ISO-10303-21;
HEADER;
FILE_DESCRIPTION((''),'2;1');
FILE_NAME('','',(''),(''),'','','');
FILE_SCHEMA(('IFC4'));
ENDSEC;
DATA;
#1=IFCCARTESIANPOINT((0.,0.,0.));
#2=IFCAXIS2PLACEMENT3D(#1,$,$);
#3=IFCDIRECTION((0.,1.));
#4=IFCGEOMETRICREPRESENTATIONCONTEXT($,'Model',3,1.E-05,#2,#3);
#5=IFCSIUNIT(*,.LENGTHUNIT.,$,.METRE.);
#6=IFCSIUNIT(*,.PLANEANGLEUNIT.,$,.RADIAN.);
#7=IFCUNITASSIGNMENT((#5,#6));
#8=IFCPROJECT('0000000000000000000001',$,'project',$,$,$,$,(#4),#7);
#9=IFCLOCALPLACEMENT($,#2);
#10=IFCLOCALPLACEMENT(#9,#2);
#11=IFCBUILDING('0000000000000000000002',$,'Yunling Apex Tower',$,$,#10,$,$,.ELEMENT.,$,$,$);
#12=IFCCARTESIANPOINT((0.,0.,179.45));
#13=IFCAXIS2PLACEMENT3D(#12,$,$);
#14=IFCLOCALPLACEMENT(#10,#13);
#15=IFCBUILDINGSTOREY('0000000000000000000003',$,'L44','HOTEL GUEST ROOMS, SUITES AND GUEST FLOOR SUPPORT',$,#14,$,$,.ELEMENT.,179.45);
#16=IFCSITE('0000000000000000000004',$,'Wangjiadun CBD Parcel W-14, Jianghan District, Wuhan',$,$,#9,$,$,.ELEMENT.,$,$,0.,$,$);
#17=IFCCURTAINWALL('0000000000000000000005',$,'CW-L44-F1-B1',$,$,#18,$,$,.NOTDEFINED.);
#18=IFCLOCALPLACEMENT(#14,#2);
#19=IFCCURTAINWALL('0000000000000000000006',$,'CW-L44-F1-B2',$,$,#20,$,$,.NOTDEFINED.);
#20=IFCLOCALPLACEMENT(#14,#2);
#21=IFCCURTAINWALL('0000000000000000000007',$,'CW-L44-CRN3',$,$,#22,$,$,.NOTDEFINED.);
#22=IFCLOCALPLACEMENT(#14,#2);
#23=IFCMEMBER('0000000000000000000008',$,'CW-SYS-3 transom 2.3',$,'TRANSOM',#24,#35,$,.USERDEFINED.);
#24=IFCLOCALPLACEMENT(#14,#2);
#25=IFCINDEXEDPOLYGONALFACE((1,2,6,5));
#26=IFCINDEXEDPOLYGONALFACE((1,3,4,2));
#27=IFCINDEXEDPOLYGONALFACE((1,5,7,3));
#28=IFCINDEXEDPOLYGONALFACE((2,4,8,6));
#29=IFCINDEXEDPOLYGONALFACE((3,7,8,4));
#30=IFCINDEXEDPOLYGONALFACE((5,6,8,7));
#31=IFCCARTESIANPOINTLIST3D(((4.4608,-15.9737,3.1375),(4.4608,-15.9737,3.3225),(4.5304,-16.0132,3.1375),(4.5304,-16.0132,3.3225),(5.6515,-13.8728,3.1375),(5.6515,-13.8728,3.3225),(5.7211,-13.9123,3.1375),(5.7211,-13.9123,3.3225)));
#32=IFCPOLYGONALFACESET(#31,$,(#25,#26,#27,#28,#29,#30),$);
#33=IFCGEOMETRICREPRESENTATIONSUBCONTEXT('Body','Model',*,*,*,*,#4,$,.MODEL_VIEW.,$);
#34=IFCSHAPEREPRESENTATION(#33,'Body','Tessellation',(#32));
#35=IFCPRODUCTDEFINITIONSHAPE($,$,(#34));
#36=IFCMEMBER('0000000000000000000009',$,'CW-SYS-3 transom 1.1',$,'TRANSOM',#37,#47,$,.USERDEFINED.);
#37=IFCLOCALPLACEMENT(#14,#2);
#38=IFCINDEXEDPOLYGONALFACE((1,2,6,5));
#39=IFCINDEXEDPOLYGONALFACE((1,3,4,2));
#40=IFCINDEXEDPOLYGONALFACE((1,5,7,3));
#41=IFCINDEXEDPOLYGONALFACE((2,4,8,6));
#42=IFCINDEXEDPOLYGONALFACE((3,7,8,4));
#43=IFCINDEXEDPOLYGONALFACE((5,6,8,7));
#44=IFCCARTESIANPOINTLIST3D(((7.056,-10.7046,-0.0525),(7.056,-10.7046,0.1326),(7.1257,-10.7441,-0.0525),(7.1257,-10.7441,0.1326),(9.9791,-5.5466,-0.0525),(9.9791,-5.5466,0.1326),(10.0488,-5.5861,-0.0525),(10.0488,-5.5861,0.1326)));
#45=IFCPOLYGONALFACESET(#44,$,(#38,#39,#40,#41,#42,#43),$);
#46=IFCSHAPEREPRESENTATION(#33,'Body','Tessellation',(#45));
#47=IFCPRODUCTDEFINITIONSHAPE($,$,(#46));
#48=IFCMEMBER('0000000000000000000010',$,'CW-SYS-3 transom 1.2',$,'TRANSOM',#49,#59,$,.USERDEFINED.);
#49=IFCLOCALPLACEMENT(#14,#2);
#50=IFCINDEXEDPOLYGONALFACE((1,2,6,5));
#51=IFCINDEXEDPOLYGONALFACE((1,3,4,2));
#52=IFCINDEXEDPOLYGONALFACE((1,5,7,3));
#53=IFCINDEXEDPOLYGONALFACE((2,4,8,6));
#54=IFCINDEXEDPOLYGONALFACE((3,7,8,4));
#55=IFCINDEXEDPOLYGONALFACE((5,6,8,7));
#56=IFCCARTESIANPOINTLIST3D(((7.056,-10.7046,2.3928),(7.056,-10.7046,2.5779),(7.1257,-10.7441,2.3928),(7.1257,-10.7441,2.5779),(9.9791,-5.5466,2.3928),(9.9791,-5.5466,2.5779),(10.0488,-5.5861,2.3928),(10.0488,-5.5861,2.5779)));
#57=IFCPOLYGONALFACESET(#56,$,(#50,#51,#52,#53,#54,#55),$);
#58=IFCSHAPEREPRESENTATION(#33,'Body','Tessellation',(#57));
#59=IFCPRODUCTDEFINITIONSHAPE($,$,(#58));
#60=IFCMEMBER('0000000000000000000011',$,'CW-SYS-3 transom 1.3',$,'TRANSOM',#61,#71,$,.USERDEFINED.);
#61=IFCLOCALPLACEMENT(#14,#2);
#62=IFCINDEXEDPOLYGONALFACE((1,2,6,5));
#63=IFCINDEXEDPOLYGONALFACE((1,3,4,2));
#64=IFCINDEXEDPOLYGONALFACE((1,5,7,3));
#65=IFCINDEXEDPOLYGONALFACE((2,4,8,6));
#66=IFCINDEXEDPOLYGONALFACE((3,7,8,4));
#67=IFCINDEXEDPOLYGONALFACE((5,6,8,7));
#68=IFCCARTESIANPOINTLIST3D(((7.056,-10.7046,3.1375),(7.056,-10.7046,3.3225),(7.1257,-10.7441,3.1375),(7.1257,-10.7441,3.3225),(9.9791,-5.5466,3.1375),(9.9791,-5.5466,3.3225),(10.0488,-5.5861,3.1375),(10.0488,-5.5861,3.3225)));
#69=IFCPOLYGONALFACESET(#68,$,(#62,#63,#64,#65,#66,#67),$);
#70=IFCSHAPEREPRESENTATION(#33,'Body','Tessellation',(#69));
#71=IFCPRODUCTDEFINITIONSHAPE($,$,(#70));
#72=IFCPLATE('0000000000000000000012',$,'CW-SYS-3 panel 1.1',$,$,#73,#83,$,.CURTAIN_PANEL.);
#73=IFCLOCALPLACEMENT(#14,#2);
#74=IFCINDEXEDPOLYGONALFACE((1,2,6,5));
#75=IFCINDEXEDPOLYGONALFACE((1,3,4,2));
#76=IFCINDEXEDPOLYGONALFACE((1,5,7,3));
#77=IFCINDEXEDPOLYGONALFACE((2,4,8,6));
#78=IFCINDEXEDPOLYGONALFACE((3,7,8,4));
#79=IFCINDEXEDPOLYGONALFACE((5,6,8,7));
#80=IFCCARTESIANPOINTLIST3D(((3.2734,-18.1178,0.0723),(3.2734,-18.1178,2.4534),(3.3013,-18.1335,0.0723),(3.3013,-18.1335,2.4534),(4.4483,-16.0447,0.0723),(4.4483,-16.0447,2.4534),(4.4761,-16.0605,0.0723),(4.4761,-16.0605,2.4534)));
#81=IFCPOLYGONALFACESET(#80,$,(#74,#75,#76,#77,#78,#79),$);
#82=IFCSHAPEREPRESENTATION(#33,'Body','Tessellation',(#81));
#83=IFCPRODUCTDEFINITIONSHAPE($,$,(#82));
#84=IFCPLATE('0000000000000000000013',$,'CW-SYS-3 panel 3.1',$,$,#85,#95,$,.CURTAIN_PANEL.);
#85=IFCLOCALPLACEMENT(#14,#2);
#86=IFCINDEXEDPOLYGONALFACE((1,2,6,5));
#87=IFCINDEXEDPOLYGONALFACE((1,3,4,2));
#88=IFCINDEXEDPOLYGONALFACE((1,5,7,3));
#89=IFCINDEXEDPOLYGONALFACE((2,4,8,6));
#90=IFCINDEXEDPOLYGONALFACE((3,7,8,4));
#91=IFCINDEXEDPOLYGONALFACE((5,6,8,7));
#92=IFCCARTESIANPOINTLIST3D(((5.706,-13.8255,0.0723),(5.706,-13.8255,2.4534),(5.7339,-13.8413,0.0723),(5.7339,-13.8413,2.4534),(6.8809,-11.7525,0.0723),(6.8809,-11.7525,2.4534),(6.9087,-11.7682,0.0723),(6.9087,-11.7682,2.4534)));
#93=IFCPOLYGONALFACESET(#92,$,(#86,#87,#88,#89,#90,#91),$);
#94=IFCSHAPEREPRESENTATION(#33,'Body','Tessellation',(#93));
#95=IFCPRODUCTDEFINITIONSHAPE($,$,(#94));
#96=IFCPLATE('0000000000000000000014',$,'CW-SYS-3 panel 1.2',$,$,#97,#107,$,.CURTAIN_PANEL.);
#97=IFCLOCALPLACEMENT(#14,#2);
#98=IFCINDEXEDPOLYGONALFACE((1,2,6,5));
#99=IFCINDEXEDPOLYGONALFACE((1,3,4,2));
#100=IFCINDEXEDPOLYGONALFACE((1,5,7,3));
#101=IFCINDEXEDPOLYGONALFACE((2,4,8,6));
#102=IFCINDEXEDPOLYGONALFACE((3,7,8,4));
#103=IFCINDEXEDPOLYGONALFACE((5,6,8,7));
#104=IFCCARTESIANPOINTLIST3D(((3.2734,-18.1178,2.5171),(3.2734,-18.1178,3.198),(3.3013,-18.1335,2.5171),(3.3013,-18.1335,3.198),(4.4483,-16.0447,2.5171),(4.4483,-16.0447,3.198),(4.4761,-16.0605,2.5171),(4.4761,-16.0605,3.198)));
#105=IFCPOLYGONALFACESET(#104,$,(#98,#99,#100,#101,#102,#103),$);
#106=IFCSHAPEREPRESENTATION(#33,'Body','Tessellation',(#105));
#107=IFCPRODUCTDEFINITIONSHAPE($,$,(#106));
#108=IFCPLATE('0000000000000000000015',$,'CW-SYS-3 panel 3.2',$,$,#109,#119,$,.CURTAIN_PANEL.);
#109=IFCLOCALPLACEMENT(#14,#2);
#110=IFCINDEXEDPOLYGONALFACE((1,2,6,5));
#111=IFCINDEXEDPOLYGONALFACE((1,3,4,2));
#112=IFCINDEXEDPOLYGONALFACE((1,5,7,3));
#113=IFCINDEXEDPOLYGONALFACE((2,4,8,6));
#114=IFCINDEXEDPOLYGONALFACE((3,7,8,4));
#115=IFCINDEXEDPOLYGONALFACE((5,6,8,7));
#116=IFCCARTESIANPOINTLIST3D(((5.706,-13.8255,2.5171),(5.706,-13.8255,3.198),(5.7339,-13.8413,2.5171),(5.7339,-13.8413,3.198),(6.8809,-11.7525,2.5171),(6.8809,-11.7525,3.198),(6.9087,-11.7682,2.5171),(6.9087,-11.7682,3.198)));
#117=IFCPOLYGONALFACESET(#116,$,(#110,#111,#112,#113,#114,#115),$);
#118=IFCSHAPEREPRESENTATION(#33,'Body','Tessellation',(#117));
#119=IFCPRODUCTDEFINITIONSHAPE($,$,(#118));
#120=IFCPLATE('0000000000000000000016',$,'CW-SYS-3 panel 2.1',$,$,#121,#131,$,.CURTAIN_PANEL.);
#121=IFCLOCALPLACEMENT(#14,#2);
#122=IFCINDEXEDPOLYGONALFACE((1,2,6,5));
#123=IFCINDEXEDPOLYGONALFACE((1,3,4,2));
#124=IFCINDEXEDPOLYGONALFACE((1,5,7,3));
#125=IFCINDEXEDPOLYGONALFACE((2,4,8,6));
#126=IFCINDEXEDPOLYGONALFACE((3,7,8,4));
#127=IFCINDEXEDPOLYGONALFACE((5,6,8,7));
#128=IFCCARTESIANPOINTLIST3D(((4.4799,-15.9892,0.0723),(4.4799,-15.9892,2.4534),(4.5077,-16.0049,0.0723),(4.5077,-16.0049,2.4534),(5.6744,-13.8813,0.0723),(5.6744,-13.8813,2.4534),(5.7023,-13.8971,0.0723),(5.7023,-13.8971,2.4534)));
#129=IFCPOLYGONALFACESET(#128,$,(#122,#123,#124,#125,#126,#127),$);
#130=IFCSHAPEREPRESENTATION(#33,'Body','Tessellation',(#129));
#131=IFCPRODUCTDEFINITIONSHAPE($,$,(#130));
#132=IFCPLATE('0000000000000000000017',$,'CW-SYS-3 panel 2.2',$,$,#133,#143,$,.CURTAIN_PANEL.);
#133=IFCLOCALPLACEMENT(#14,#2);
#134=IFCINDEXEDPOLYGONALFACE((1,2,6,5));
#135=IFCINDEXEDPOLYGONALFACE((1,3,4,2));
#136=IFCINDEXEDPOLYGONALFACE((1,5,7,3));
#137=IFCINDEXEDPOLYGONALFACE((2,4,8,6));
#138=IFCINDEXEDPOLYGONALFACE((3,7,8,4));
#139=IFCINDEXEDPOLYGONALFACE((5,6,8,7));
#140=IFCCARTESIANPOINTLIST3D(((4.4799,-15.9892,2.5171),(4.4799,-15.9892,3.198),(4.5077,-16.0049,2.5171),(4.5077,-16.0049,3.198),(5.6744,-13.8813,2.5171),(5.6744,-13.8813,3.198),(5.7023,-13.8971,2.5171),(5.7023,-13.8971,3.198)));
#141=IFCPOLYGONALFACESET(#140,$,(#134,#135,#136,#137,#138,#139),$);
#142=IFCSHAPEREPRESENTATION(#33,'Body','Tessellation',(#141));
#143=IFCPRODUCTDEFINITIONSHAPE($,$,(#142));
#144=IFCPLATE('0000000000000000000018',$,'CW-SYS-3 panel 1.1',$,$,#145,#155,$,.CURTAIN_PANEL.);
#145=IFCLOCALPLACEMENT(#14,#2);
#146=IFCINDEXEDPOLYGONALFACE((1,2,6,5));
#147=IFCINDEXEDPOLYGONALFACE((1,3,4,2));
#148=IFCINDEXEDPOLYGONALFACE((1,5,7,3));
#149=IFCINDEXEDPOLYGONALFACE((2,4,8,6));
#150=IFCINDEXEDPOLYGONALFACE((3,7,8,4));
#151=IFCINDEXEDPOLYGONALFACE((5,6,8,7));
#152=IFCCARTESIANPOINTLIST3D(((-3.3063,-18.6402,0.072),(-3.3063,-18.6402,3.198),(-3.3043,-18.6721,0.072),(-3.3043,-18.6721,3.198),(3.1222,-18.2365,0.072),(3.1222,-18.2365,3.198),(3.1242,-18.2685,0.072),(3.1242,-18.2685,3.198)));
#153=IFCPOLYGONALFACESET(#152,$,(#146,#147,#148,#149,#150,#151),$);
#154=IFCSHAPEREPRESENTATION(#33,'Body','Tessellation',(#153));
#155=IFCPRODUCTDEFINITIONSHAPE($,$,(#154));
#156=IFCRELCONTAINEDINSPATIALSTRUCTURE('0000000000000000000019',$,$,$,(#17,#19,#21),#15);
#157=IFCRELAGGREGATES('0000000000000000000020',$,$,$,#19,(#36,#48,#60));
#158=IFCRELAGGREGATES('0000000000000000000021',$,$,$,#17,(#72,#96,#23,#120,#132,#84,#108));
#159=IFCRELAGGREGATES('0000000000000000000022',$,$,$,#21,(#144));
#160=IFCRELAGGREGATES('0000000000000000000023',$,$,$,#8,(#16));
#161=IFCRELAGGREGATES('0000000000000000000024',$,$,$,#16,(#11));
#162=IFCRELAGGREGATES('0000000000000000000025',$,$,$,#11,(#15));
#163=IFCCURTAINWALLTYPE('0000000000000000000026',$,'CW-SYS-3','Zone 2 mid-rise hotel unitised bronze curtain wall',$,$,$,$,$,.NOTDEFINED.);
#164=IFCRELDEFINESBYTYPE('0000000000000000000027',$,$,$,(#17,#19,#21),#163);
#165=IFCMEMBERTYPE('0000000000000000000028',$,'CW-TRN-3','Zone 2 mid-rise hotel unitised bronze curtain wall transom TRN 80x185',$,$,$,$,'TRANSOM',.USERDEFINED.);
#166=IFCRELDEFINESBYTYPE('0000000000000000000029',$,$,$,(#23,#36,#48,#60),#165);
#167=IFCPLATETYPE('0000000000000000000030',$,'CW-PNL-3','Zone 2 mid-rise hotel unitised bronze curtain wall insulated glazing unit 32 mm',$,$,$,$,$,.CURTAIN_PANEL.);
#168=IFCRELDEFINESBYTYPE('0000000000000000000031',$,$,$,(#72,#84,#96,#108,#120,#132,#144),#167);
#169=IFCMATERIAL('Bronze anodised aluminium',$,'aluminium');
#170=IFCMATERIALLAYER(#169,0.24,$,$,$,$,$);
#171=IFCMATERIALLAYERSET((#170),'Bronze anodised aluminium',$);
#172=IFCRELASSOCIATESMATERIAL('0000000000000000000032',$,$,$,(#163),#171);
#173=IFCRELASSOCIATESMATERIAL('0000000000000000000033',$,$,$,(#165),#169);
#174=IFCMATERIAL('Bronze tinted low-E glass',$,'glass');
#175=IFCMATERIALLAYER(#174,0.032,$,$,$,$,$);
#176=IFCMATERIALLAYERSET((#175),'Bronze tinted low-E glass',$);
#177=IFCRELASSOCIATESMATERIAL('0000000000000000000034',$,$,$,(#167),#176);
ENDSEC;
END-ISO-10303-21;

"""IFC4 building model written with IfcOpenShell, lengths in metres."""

from ifc_helpers import new_model, si_unit, direction, frame, origin, origin_2d, place, context, subcontext, project, spatial, rectangle, extrude, source, transform, mapped, material, layer, layer_set, material_profile, profile_set, type_object, element, aggregate, save


model = new_model("IFC4")

# Units and contexts
model_context = context("Model", 3, precision=1e-05, world=origin(), true_north=direction((0.0, 1.0)))
body_context = subcontext(model_context, "Body", "Model", "MODEL_VIEW")
ifc_project = project(units=[si_unit("LENGTHUNIT", "METRE"), si_unit("PLANEANGLEUNIT", "RADIAN")], contexts=[model_context])

# Site, building, storey
site_placement = place(None, origin())
site = spatial("IfcSite", under=ifc_project, at=site_placement, Name="Wangjiadun CBD Parcel W-14, Jianghan District, Wuhan", CompositionType="ELEMENT", RefElevation=0.0)
building_placement = place(site_placement, origin())
building = spatial("IfcBuilding", under=site, at=building_placement, Name="Yunling Apex Tower", CompositionType="ELEMENT")
storey_placement = place(building_placement, frame((0.0, 0.0, 179.45)))
storey = spatial("IfcBuildingStorey", under=building, at=storey_placement, Name="L44", Description="HOTEL GUEST ROOMS, SUITES AND GUEST FLOOR SUPPORT", CompositionType="ELEMENT", Elevation=179.45)

# Curtain wall
ifc_material_1 = material(Name="Bronze anodised aluminium", Category="aluminium")
ifc_layer_1 = layer(ifc_material_1, 0.24)
ifc_layer_set_1 = layer_set([ifc_layer_1], Name="Bronze anodised aluminium")
curtain_wall_type = type_object("IfcCurtainWallType", Name="CW-SYS-3", Description="Zone 2 mid-rise hotel unitised bronze curtain wall", PredefinedType="NOTDEFINED", material=ifc_layer_set_1)
curtain_wall_1_placement = place(storey_placement, origin())
curtain_wall_1 = element("IfcCurtainWall", 1, at=curtain_wall_1_placement, inside=storey, type_object=curtain_wall_type, Name="CW-L44-F1-B1", PredefinedType="NOTDEFINED")

# Curtain walls
curtain_wall_2_placement = place(storey_placement, origin())
curtain_wall_2 = element("IfcCurtainWall", 2, at=curtain_wall_2_placement, inside=storey, type_object=curtain_wall_type, Name="CW-L44-F1-B2", PredefinedType="NOTDEFINED")
curtain_wall_3_placement = place(storey_placement, origin())
curtain_wall_3 = element("IfcCurtainWall", 3, at=curtain_wall_3_placement, inside=storey, type_object=curtain_wall_type, Name="CW-L44-CRN3", PredefinedType="NOTDEFINED")

# Members
ifc_material_profile_1 = material_profile(ifc_material_1, rectangle(XDim=0.0801, YDim=0.1851, at=origin_2d()))
ifc_profile_set_1 = profile_set([ifc_material_profile_1], Name="Bronze anodised aluminium")
member_type_1 = type_object("IfcMemberType", Name="CW-TRN-3", Description="Zone 2 mid-rise hotel unitised bronze curtain wall transom TRN 80x185", ElementType="TRANSOM", PredefinedType="USERDEFINED", material=ifc_profile_set_1)
shared_shape_1 = source(origin(), body_context, "Body", "SweptSolid", [
    extrude(rectangle(XDim=0.0801, YDim=0.1851, at=origin_2d()), origin(), (0.0, 0.0, 1.0), 2.4148),
])
member_1_placement = place(storey_placement, frame((4.4956, -15.9934, 3.23), z_axis=(0.493076, 0.869986, 0.0), x_axis=(-0.869986, 0.493076, 0.0)))
member_1 = element("IfcMember", 4, at=member_1_placement, type_object=member_type_1, Name="CW-SYS-3 transom 2.3", ObjectType="TRANSOM", PredefinedType="USERDEFINED", context=body_context, shape_type="MappedRepresentation", body=[
    mapped(shared_shape_1, transform((0.0, 0.0, 0.0), scale=1.0)),
])
shared_shape_2 = source(origin(), body_context, "Body", "SweptSolid", [
    extrude(rectangle(XDim=0.0801, YDim=0.1851, at=origin_2d()), origin(), (0.0, 0.0, 1.0), 5.9287),
])
member_2_placement = place(storey_placement, frame((7.0908, -10.7244, 0.04), z_axis=(0.493045, 0.870004, 0.0), x_axis=(-0.870004, 0.493045, 0.0)))
member_2 = element("IfcMember", 5, at=member_2_placement, type_object=member_type_1, Name="CW-SYS-3 transom 1.1", ObjectType="TRANSOM", PredefinedType="USERDEFINED", context=body_context, shape_type="MappedRepresentation", body=[
    mapped(shared_shape_2, transform((0.0, 0.0, 0.0), scale=1.0)),
])
member_3_placement = place(storey_placement, frame((7.0908, -10.7244, 2.4854), z_axis=(0.493045, 0.870004, 0.0), x_axis=(-0.870004, 0.493045, 0.0)))
member_3 = element("IfcMember", 6, at=member_3_placement, type_object=member_type_1, Name="CW-SYS-3 transom 1.2", ObjectType="TRANSOM", PredefinedType="USERDEFINED", context=body_context, shape_type="MappedRepresentation", body=[
    mapped(shared_shape_2, transform((0.0, 0.0, 0.0), scale=1.0)),
])
member_4_placement = place(storey_placement, frame((7.0908, -10.7244, 3.23), z_axis=(0.493045, 0.870004, 0.0), x_axis=(-0.870004, 0.493045, 0.0)))
member_4 = element("IfcMember", 7, at=member_4_placement, type_object=member_type_1, Name="CW-SYS-3 transom 1.3", ObjectType="TRANSOM", PredefinedType="USERDEFINED", context=body_context, shape_type="MappedRepresentation", body=[
    mapped(shared_shape_2, transform((0.0, 0.0, 0.0), scale=1.0)),
])
aggregate(curtain_wall_2, [member_2, member_3, member_4])

# Plates
ifc_material_2 = material(Name="Bronze tinted low-E glass", Category="glass")
ifc_layer_2 = layer(ifc_material_2, 0.032)
ifc_layer_set_2 = layer_set([ifc_layer_2], Name="Bronze tinted low-E glass")
plate_type = type_object("IfcPlateType", Name="CW-PNL-3", Description="Zone 2 mid-rise hotel unitised bronze curtain wall insulated glazing unit 32 mm", PredefinedType="CURTAIN_PANEL", material=ifc_layer_set_2)
shared_shape_3 = source(origin(), body_context, "Body", "SweptSolid", [
    extrude(rectangle(XDim=2.3828, YDim=0.032, at=origin_2d()), origin(), (0.0, 0.0, 1.0), 2.3811),
])
plate_1_placement = place(storey_placement, frame((3.8748, -17.0891, 0.0723), z_axis=(0.0, 0.0, 1.0), x_axis=(0.493041, 0.870006, 0.0)))
plate_1 = element("IfcPlate", 8, at=plate_1_placement, type_object=plate_type, Name="CW-SYS-3 panel 1.1", PredefinedType="CURTAIN_PANEL", context=body_context, shape_type="MappedRepresentation", body=[
    mapped(shared_shape_3, transform((0.0, 0.0, 0.0), scale=1.0)),
])
plate_2_placement = place(storey_placement, frame((6.3074, -12.7969, 0.0723), z_axis=(0.0, 0.0, 1.0), x_axis=(0.493041, 0.870006, 0.0)))
plate_2 = element("IfcPlate", 9, at=plate_2_placement, type_object=plate_type, Name="CW-SYS-3 panel 3.1", PredefinedType="CURTAIN_PANEL", context=body_context, shape_type="MappedRepresentation", body=[
    mapped(shared_shape_3, transform((0.0, 0.0, 0.0), scale=1.0)),
])
shared_shape_4 = source(origin(), body_context, "Body", "SweptSolid", [
    extrude(rectangle(XDim=2.3828, YDim=0.032, at=origin_2d()), origin(), (0.0, 0.0, 1.0), 0.6809),
])
plate_3_placement = place(storey_placement, frame((3.8748, -17.0891, 2.5171), z_axis=(0.0, 0.0, 1.0), x_axis=(0.493041, 0.870006, 0.0)))
plate_3 = element("IfcPlate", 10, at=plate_3_placement, type_object=plate_type, Name="CW-SYS-3 panel 1.2", PredefinedType="CURTAIN_PANEL", context=body_context, shape_type="MappedRepresentation", body=[
    mapped(shared_shape_4, transform((0.0, 0.0, 0.0), scale=1.0)),
])
plate_4_placement = place(storey_placement, frame((6.3074, -12.7969, 2.5171), z_axis=(0.0, 0.0, 1.0), x_axis=(0.493041, 0.870006, 0.0)))
plate_4 = element("IfcPlate", 11, at=plate_4_placement, type_object=plate_type, Name="CW-SYS-3 panel 3.2", PredefinedType="CURTAIN_PANEL", context=body_context, shape_type="MappedRepresentation", body=[
    mapped(shared_shape_4, transform((0.0, 0.0, 0.0), scale=1.0)),
])
shared_shape_5 = source(origin(), body_context, "Body", "SweptSolid", [
    extrude(rectangle(XDim=2.4229, YDim=0.032, at=origin_2d()), origin(), (0.0, 0.0, 1.0), 2.3811),
])
plate_5_placement = place(storey_placement, frame((5.0911, -14.9431, 0.0723), z_axis=(0.0, 0.0, 1.0), x_axis=(0.493041, 0.870006, 0.0)))
plate_5 = element("IfcPlate", 12, at=plate_5_placement, type_object=plate_type, Name="CW-SYS-3 panel 2.1", PredefinedType="CURTAIN_PANEL", context=body_context, shape_type="MappedRepresentation", body=[
    mapped(shared_shape_5, transform((0.0, 0.0, 0.0), scale=1.0)),
])
shared_shape_6 = source(origin(), body_context, "Body", "SweptSolid", [
    extrude(rectangle(XDim=2.4229, YDim=0.032, at=origin_2d()), origin(), (0.0, 0.0, 1.0), 0.6809),
])
plate_6_placement = place(storey_placement, frame((5.0911, -14.9431, 2.5171), z_axis=(0.0, 0.0, 1.0), x_axis=(0.493041, 0.870006, 0.0)))
plate_6 = element("IfcPlate", 13, at=plate_6_placement, type_object=plate_type, Name="CW-SYS-3 panel 2.2", PredefinedType="CURTAIN_PANEL", context=body_context, shape_type="MappedRepresentation", body=[
    mapped(shared_shape_6, transform((0.0, 0.0, 0.0), scale=1.0)),
])
aggregate(curtain_wall_1, [plate_1, plate_3, member_1, plate_5, plate_6, plate_2, plate_4])
shared_shape_7 = source(origin(), body_context, "Body", "SweptSolid", [
    extrude(rectangle(XDim=6.4412, YDim=0.032, at=origin_2d()), origin(), (0.0, 0.0, 1.0), 3.126),
])
plate_7_placement = place(storey_placement, frame((-0.0911, -18.4543, 0.072), z_axis=(0.0, 0.0, 1.0), x_axis=(0.998034, 0.062672, 0.0)))
plate_7 = element("IfcPlate", 14, at=plate_7_placement, type_object=plate_type, Name="CW-SYS-3 panel 1.1", PredefinedType="CURTAIN_PANEL", context=body_context, shape_type="MappedRepresentation", body=[
    mapped(shared_shape_7, transform((0.0, 0.0, 0.0), scale=1.0)),
])
aggregate(curtain_wall_3, [plate_7])

save(model, "model.ifc")
